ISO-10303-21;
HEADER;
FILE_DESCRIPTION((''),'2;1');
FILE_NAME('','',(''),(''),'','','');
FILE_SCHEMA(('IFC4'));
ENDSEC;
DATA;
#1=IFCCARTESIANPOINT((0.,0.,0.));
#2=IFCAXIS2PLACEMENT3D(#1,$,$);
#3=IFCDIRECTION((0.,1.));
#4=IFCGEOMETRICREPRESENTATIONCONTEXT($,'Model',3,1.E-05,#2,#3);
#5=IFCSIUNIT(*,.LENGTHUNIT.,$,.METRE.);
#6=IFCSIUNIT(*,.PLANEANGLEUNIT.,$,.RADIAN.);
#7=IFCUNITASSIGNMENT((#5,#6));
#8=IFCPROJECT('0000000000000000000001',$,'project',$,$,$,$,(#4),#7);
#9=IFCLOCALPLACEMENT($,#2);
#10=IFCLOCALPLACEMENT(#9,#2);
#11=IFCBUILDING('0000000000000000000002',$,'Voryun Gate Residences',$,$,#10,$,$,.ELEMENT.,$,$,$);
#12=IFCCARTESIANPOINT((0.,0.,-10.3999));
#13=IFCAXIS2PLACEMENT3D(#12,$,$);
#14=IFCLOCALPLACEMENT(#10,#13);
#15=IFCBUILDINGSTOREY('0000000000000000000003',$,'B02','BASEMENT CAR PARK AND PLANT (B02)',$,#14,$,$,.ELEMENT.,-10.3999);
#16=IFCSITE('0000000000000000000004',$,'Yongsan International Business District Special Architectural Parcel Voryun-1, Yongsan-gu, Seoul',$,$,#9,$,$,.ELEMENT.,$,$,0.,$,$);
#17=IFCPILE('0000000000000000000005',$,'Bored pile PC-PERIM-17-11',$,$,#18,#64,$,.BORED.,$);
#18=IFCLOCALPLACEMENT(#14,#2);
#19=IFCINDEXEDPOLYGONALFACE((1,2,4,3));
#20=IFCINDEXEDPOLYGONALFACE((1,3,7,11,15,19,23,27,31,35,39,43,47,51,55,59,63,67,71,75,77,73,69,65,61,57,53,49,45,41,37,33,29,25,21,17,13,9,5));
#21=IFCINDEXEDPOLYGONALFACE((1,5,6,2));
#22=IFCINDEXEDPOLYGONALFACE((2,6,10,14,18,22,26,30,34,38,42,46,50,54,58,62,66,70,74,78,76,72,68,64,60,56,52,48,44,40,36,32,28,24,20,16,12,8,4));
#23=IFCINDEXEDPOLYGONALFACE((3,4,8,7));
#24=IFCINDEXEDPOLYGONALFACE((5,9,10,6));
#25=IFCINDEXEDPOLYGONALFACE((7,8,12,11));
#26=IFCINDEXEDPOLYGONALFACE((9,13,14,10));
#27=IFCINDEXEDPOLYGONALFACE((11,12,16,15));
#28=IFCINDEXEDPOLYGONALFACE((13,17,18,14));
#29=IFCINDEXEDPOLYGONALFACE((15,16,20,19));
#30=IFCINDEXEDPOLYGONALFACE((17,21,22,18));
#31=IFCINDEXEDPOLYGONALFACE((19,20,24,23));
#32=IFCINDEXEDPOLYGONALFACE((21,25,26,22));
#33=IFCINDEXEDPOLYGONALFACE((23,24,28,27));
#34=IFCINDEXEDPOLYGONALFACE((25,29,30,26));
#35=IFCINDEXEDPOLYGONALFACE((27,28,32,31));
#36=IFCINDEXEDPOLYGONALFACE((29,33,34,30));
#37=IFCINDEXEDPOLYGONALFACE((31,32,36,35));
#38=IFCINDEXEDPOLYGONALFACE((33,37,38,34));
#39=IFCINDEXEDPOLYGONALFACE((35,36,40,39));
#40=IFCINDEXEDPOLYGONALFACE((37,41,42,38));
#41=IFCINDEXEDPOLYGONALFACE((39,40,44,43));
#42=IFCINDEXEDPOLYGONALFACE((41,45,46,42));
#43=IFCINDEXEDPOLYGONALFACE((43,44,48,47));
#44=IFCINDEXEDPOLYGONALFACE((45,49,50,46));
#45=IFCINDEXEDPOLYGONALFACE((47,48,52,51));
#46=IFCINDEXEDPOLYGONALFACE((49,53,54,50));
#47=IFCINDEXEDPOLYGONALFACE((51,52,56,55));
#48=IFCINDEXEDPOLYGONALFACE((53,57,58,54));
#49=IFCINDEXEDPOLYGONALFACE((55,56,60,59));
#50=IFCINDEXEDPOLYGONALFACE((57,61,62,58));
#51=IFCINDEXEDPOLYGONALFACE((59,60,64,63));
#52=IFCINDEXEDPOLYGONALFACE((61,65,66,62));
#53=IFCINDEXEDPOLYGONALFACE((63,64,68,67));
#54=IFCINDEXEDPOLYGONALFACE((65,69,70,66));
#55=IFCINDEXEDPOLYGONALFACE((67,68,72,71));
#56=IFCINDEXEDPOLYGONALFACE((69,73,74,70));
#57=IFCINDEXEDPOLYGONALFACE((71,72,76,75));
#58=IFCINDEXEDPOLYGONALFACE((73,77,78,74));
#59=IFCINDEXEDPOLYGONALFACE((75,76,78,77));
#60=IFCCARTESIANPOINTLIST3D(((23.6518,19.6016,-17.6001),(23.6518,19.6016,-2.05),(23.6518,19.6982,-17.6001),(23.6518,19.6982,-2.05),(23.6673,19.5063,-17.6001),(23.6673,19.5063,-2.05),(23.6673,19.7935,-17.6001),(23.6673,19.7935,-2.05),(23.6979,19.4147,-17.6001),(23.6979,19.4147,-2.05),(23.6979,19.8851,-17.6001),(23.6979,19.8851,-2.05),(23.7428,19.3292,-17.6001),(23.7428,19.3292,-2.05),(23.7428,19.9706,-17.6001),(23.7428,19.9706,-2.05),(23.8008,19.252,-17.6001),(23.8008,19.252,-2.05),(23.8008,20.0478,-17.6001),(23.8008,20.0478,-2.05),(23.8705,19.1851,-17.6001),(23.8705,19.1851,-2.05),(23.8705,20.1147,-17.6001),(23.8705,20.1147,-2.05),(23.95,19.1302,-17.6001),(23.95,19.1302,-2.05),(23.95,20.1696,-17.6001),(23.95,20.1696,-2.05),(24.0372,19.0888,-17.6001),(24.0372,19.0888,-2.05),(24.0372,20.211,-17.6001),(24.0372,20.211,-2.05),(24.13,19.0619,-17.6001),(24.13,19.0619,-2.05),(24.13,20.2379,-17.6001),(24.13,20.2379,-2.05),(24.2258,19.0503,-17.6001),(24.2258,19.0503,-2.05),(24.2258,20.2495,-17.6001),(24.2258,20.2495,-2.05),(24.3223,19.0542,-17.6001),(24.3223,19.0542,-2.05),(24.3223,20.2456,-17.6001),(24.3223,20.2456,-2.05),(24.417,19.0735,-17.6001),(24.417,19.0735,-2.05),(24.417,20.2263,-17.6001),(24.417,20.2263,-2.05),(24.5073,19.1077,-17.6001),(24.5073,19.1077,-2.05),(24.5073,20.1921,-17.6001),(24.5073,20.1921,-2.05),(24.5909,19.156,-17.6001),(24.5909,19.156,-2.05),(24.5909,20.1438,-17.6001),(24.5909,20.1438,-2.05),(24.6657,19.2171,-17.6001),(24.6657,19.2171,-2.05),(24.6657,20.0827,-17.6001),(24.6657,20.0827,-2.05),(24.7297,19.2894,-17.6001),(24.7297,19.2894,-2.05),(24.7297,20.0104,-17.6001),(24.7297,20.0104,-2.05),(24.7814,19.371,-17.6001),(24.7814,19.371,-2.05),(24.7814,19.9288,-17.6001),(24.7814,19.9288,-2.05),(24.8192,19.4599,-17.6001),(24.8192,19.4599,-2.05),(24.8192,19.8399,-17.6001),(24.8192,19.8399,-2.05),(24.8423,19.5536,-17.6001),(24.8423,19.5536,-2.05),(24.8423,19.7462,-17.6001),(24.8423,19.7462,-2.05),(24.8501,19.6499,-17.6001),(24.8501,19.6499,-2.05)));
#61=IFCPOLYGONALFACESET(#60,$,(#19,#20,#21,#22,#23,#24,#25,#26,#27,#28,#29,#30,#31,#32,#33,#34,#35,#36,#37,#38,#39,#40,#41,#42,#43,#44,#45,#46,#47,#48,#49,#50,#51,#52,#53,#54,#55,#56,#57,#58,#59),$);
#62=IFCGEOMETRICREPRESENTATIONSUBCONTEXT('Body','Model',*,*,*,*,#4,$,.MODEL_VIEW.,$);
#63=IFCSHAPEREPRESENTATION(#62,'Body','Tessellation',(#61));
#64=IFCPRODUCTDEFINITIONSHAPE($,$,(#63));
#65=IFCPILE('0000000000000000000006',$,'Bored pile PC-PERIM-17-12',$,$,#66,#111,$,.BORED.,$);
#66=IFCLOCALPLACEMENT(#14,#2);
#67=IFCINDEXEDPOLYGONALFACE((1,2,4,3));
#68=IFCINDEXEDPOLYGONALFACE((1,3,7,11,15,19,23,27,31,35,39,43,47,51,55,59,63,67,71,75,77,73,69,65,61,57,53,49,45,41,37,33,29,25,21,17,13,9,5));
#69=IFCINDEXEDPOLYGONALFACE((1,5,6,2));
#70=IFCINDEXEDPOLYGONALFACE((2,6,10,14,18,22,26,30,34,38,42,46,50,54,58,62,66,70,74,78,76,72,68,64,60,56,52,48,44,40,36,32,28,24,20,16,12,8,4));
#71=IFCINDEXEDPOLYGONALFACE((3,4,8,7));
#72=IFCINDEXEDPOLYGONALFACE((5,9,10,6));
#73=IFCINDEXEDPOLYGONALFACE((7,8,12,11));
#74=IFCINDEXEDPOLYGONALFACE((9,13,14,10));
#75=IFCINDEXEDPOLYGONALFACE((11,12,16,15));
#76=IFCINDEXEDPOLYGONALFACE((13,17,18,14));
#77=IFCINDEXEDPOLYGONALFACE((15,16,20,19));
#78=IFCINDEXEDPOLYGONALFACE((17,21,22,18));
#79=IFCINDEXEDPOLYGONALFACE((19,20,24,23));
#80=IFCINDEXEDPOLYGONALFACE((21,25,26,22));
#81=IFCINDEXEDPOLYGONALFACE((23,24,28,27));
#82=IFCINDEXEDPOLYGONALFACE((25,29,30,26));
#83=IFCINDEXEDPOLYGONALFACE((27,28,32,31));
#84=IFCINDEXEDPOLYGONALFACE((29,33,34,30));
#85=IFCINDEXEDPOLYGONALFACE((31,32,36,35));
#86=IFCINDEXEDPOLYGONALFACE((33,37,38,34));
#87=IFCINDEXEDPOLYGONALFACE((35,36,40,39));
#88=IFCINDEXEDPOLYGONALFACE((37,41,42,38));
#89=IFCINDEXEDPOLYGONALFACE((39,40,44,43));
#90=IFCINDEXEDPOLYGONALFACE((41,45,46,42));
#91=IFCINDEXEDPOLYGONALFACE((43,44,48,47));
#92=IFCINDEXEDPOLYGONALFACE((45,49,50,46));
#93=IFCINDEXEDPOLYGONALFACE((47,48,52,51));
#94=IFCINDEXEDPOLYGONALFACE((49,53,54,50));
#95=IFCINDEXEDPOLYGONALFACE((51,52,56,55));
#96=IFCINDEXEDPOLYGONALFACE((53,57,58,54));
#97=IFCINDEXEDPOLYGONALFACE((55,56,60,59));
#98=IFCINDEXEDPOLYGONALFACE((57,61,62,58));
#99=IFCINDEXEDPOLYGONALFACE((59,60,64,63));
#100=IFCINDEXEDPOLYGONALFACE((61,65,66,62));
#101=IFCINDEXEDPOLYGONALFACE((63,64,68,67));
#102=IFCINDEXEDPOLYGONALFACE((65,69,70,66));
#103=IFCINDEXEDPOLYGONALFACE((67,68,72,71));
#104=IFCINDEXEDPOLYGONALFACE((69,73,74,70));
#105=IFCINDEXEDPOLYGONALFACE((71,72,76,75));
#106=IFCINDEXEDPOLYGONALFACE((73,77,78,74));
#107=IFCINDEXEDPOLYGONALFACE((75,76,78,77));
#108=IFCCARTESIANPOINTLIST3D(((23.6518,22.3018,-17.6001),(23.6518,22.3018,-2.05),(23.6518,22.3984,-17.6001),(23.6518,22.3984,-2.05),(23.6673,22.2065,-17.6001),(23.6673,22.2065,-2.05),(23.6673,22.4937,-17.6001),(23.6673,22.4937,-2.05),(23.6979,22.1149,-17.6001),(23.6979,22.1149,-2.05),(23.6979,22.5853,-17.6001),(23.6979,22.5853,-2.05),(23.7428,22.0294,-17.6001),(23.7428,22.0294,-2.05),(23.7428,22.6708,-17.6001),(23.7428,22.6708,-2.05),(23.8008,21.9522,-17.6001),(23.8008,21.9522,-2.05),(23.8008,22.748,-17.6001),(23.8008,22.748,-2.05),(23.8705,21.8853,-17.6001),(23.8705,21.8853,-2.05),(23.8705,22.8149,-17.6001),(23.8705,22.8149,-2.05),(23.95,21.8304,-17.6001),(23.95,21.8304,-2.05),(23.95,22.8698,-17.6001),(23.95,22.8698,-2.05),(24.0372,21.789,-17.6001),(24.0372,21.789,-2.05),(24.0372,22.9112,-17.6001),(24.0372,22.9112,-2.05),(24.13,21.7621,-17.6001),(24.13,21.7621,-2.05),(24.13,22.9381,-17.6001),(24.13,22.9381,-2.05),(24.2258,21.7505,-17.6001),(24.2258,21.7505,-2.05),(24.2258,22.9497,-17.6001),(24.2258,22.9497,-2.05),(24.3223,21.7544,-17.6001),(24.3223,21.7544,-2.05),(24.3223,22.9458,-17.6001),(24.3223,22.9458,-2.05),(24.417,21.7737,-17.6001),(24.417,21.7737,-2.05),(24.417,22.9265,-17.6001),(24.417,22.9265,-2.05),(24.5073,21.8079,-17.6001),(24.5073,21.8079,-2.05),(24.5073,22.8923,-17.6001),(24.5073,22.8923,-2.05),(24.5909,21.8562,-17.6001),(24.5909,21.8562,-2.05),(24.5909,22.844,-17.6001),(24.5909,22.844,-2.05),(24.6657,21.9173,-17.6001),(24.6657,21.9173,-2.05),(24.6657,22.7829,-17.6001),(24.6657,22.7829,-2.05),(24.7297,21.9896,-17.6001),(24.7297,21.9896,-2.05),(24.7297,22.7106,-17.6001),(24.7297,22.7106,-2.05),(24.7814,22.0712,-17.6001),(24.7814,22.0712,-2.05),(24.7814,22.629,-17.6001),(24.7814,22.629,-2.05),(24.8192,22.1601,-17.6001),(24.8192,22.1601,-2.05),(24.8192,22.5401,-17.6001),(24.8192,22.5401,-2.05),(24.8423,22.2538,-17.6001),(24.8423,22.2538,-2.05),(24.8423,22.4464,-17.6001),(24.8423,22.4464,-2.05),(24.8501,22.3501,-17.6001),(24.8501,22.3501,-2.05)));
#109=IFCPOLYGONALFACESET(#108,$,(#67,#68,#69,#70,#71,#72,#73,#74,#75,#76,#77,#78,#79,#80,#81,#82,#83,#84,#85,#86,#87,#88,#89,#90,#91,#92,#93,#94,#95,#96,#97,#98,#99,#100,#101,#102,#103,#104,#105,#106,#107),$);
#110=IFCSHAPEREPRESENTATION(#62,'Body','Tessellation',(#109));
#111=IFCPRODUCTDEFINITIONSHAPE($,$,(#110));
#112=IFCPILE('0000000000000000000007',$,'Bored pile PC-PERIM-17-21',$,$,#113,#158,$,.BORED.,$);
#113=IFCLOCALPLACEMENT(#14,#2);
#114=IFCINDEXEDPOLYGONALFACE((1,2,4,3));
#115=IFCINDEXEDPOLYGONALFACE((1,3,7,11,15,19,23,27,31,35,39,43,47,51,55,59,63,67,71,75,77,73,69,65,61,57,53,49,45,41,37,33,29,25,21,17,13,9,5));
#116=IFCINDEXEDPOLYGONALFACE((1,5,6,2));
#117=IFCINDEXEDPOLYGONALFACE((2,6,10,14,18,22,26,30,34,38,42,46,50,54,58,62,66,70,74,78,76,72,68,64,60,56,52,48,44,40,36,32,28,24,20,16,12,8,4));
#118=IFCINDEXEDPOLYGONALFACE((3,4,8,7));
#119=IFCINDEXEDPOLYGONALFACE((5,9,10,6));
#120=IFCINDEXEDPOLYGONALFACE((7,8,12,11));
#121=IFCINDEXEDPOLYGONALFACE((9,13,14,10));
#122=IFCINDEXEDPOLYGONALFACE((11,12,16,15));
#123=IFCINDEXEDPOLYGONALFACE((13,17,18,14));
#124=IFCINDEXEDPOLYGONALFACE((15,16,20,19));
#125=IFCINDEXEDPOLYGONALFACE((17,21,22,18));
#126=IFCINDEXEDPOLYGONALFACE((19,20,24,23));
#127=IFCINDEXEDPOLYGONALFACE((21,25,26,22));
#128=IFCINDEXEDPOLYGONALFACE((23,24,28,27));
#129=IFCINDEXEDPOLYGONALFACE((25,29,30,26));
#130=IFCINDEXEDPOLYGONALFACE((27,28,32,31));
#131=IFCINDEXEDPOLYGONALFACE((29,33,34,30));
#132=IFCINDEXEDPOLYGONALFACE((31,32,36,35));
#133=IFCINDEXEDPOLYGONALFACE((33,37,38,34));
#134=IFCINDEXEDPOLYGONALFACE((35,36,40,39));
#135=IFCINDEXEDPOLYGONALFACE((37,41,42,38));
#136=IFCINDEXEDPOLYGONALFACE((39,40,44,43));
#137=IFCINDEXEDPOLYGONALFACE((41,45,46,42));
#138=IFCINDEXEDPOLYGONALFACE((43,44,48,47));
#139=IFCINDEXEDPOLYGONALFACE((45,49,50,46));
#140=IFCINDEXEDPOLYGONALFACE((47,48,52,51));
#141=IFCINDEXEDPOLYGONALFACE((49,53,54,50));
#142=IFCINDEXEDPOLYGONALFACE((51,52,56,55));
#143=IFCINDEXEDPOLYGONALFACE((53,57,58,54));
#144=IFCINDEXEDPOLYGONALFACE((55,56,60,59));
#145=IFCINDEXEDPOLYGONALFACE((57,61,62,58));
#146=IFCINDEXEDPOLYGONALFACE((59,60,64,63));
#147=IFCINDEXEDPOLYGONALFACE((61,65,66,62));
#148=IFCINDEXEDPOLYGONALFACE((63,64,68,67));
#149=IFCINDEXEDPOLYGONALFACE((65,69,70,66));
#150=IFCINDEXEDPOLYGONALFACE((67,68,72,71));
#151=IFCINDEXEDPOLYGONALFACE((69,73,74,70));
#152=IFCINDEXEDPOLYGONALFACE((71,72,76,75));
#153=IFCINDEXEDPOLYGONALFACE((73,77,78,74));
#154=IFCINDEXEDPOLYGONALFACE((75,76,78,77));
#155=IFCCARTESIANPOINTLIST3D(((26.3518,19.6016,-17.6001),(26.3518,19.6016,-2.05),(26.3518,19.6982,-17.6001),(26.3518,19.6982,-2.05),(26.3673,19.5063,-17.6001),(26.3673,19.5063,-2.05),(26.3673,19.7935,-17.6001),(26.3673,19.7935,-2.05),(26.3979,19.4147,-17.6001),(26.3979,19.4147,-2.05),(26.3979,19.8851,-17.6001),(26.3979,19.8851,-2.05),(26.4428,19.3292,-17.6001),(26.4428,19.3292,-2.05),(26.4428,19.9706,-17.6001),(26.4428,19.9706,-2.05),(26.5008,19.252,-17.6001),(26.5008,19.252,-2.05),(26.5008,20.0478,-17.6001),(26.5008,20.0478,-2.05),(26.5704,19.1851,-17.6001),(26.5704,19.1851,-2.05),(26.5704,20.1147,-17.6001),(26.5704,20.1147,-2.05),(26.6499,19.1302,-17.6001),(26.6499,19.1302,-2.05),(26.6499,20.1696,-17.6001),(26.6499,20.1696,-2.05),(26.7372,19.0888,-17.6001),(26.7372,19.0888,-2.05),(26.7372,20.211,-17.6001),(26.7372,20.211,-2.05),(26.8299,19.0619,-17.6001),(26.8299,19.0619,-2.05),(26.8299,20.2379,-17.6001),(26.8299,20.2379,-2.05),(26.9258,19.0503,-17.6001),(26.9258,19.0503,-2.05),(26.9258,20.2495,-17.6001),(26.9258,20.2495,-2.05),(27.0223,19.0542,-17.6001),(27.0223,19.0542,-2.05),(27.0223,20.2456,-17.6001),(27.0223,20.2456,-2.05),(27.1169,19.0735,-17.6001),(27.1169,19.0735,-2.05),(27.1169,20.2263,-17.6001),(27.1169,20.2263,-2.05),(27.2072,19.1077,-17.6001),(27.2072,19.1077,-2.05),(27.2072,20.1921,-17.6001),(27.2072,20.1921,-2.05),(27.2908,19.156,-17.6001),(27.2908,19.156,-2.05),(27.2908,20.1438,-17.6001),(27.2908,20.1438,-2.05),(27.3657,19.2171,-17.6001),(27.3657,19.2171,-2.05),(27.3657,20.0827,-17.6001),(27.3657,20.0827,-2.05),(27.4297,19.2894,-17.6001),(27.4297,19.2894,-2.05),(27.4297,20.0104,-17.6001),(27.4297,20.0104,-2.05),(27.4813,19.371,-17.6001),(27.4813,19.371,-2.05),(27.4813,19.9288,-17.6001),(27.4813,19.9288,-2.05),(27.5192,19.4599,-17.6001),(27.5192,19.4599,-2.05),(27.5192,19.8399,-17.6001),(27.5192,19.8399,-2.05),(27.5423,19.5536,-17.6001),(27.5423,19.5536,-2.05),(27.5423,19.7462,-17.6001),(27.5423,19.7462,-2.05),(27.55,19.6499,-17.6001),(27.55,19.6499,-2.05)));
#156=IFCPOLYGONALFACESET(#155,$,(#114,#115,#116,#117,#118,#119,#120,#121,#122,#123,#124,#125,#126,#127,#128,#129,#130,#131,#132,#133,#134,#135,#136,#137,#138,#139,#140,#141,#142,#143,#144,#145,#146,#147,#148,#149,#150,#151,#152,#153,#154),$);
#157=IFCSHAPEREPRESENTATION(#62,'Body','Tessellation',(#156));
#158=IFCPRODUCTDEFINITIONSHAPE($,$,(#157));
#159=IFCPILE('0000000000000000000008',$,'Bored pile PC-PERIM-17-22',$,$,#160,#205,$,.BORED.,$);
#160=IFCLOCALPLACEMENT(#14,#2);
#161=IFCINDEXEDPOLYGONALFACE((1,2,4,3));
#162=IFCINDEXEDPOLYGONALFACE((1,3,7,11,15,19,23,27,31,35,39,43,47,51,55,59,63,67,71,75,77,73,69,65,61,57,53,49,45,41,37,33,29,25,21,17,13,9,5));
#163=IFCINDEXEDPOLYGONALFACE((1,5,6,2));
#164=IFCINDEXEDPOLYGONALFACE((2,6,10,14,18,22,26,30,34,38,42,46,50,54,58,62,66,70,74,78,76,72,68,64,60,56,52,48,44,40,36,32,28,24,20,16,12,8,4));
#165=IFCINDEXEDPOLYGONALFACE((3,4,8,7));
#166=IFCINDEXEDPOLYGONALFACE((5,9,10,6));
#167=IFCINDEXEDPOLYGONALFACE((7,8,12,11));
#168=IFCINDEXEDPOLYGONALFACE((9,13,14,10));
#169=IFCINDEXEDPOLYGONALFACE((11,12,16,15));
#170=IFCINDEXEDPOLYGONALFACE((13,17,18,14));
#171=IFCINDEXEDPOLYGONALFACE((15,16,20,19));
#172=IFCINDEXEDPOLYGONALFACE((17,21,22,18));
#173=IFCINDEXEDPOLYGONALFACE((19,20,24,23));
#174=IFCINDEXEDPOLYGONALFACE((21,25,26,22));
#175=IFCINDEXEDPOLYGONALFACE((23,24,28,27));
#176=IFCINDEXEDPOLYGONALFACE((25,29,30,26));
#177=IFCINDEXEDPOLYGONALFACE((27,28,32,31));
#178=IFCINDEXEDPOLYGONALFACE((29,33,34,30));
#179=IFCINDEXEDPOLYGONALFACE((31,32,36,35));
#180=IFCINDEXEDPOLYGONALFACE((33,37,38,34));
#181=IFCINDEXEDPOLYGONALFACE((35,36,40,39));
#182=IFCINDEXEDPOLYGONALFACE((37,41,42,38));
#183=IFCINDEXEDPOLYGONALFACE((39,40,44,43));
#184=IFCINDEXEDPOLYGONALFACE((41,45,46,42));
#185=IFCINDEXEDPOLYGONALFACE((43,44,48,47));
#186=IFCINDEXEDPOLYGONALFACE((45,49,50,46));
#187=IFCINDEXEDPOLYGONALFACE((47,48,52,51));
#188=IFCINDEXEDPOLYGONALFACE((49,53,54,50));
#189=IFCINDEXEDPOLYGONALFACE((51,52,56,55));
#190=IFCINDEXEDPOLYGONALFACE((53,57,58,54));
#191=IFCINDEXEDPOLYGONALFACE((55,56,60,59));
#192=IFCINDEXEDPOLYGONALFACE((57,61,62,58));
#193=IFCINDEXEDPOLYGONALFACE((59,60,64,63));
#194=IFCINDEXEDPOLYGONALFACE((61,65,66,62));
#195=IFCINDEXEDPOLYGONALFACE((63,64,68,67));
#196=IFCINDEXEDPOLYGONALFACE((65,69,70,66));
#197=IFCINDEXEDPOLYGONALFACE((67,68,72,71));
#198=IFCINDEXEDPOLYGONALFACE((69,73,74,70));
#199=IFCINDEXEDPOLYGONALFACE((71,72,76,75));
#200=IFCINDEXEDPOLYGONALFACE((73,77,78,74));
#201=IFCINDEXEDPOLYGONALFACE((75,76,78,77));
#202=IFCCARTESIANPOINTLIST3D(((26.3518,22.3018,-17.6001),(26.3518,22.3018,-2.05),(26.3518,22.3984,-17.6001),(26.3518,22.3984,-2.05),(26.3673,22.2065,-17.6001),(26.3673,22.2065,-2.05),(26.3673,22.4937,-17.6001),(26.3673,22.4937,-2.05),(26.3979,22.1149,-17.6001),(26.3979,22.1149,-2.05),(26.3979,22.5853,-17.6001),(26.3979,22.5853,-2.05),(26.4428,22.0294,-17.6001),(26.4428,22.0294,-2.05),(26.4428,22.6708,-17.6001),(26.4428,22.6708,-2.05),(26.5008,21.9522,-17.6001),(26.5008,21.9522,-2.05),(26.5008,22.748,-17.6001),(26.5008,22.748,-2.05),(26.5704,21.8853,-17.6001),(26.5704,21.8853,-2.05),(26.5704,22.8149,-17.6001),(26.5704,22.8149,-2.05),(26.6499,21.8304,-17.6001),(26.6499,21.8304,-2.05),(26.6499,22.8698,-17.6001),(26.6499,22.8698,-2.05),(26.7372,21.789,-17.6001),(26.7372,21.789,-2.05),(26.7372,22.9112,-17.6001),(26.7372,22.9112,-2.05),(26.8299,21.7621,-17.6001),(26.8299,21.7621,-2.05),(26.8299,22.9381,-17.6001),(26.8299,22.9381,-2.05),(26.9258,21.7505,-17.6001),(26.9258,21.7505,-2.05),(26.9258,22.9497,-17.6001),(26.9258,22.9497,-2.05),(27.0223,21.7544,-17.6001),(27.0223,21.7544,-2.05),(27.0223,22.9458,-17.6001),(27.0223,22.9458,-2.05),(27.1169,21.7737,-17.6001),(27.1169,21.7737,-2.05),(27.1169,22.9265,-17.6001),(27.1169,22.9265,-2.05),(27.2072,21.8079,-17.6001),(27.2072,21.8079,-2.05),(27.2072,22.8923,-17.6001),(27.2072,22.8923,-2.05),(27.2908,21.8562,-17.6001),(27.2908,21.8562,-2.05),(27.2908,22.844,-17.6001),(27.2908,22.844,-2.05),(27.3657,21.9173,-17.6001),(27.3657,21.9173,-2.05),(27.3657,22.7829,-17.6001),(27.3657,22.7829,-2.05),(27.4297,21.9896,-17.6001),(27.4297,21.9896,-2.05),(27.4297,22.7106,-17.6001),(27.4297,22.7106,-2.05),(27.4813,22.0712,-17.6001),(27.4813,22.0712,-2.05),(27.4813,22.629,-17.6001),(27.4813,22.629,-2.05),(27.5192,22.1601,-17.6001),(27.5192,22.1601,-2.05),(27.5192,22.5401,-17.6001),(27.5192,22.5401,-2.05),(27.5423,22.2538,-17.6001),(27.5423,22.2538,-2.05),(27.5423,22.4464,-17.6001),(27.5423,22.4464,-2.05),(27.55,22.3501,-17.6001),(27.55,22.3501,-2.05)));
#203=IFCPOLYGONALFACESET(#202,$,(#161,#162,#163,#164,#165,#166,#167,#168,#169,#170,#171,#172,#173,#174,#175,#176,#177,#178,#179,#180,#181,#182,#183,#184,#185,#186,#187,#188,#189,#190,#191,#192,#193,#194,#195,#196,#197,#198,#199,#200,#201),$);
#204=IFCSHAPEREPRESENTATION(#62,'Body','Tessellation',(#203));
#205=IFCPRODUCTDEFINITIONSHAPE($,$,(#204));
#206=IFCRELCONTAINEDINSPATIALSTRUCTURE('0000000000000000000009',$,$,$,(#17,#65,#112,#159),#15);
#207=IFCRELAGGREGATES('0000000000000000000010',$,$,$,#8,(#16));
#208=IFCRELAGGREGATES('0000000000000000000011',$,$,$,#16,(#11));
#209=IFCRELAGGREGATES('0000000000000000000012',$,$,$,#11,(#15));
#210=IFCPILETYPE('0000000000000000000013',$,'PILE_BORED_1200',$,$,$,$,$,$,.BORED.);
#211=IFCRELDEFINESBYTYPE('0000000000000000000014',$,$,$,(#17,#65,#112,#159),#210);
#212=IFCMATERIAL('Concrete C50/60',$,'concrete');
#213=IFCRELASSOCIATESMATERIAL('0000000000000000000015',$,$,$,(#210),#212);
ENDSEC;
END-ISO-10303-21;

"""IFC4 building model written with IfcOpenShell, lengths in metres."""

from ifc_helpers import new_model, si_unit, direction, frame, origin, origin_2d, place, context, subcontext, project, spatial, circle, extrude, material, material_profile, profile_set, type_object, element, save


model = new_model("IFC4")

# Units and contexts
model_context = context("Model", 3, precision=1e-05, world=origin(), true_north=direction((0.0, 1.0)))
body_context = subcontext(model_context, "Body", "Model", "MODEL_VIEW")
ifc_project = project(units=[si_unit("LENGTHUNIT", "METRE"), si_unit("PLANEANGLEUNIT", "RADIAN")], contexts=[model_context])

# Site, building, storey
site_placement = place(None, origin())
site = spatial("IfcSite", under=ifc_project, at=site_placement, Name="Yongsan International Business District Special Architectural Parcel Voryun-1, Yongsan-gu, Seoul", CompositionType="ELEMENT", RefElevation=0.0)
building_placement = place(site_placement, origin())
building = spatial("IfcBuilding", under=site, at=building_placement, Name="Voryun Gate Residences", CompositionType="ELEMENT")
storey_placement = place(building_placement, frame((0.0, 0.0, -10.3999)))
storey = spatial("IfcBuildingStorey", under=building, at=storey_placement, Name="B02", Description="BASEMENT CAR PARK AND PLANT (B02)", CompositionType="ELEMENT", Elevation=-10.3999)

# Piles
ifc_material_1 = material(Name="Concrete C50/60", Category="concrete")
ifc_material_profile_1 = material_profile(ifc_material_1, circle(Radius=0.6001, at=origin_2d()), Name="PILE-D1200")
ifc_profile_set_1 = profile_set([ifc_material_profile_1], Name="Concrete C50/60")
pile_type_1 = type_object("IfcPileType", Name="PILE_BORED_1200", PredefinedType="BORED", material=ifc_profile_set_1)
for number, where, z_axis, x_axis, name in (
    (1, (24.25, 19.6499, -2.05), (0.0, 0.0, -1.0), (1.0, 0.0, 0.0), "Bored pile PC-PERIM-17-11"),
    (2, (24.25, 22.3501, -2.05), (0.0, 0.0, -1.0), (1.0, 0.0, 0.0), "Bored pile PC-PERIM-17-12"),
    (3, (26.95, 19.6499, -2.05), (0.0, 0.0, -1.0), (1.0, 0.0, 0.0), "Bored pile PC-PERIM-17-21"),
    (4, (26.95, 22.3501, -2.05), (0.0, 0.0, -1.0), (1.0, 0.0, 0.0), "Bored pile PC-PERIM-17-22"),
):
    element("IfcPile", number, at=place(storey_placement, frame(where, z_axis=z_axis, x_axis=x_axis)), inside=storey, type_object=pile_type_1, Name=name, PredefinedType="BORED", context=body_context, shape_type="SweptSolid", body=[
        extrude(circle(Radius=0.6001, at=origin_2d()), origin(), (0.0, 0.0, 1.0), 15.55),
    ])

save(model, "model.ifc")
